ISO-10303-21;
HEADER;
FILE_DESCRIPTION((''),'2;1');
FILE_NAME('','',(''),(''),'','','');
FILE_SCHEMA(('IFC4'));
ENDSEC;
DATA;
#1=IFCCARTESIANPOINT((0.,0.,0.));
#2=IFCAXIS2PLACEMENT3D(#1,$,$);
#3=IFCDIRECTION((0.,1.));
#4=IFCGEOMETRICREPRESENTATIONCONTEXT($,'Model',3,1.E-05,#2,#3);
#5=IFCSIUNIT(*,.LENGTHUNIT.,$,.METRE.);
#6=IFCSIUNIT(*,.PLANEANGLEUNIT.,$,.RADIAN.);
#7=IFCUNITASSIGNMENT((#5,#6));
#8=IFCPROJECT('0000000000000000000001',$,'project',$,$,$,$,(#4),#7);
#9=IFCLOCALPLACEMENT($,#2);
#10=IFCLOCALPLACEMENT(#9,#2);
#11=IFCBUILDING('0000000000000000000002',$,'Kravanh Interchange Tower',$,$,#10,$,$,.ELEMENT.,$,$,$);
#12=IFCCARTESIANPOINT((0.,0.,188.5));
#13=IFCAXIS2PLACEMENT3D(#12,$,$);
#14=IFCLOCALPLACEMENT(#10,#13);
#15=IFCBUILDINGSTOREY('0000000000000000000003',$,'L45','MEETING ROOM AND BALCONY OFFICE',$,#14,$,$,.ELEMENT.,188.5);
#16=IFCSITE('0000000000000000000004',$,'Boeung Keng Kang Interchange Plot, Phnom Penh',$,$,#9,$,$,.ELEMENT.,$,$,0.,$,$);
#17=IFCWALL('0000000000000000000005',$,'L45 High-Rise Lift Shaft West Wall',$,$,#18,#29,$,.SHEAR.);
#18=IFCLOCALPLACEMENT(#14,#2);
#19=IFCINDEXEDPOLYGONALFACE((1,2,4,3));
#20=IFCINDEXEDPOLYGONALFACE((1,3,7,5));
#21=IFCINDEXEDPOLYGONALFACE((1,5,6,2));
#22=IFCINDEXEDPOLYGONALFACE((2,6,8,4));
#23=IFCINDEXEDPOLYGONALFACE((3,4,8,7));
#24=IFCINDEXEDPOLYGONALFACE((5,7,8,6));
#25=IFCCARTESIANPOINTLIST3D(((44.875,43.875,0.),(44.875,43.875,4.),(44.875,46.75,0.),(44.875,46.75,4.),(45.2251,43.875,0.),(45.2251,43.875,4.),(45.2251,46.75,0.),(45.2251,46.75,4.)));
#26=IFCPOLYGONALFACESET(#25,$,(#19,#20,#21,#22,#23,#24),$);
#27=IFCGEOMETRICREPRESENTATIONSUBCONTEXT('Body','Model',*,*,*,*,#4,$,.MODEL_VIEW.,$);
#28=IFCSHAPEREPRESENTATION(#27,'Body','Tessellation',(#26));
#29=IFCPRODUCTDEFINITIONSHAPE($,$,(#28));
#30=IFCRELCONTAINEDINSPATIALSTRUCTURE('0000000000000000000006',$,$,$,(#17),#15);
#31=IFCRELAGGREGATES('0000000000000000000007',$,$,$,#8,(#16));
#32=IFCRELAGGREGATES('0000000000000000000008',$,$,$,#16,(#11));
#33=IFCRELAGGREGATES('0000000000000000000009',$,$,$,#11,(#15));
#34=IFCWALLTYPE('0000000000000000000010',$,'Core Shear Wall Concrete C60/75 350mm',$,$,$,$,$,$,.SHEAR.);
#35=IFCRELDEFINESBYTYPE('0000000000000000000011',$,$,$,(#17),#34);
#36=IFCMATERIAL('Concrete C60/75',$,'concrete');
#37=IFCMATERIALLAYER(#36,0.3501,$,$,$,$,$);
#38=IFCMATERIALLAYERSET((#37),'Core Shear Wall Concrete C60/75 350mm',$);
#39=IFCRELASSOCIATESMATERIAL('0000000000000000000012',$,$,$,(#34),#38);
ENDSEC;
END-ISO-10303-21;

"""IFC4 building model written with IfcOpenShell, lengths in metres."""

from ifc_helpers import new_model, si_unit, direction, frame, frame_2d, origin, place, context, subcontext, project, spatial, rectangle, extrude, material, layer, layer_set, type_object, element, save


model = new_model("IFC4")

# Units and contexts
model_context = context("Model", 3, precision=1e-05, world=origin(), true_north=direction((0.0, 1.0)))
body_context = subcontext(model_context, "Body", "Model", "MODEL_VIEW")
ifc_project = project(units=[si_unit("LENGTHUNIT", "METRE"), si_unit("PLANEANGLEUNIT", "RADIAN")], contexts=[model_context])

# Site, building, storey
site_placement = place(None, origin())
site = spatial("IfcSite", under=ifc_project, at=site_placement, Name="Boeung Keng Kang Interchange Plot, Phnom Penh", CompositionType="ELEMENT", RefElevation=0.0)
building_placement = place(site_placement, origin())
building = spatial("IfcBuilding", under=site, at=building_placement, Name="Kravanh Interchange Tower", CompositionType="ELEMENT")
storey_placement = place(building_placement, frame((0.0, 0.0, 188.5)))
storey = spatial("IfcBuildingStorey", under=building, at=storey_placement, Name="L45", Description="MEETING ROOM AND BALCONY OFFICE", CompositionType="ELEMENT", Elevation=188.5)

# Wall
ifc_material_1 = material(Name="Concrete C60/75", Category="concrete")
ifc_layer_1 = layer(ifc_material_1, 0.3501)
ifc_layer_set_1 = layer_set([ifc_layer_1], Name="Core Shear Wall Concrete C60/75 350mm")
wall_type_1 = type_object("IfcWallType", Name="Core Shear Wall Concrete C60/75 350mm", PredefinedType="SHEAR", material=ifc_layer_set_1)
wall_1_placement = place(storey_placement, frame((45.05, 43.875, 0.0), z_axis=(0.0, 0.0, 1.0), x_axis=(0.0, 1.0, 0.0)))
element("IfcWall", 1, at=wall_1_placement, inside=storey, type_object=wall_type_1, Name="L45 High-Rise Lift Shaft West Wall", PredefinedType="SHEAR", context=body_context, shape_type="SweptSolid", body=[
    extrude(rectangle(XDim=2.875, YDim=0.3501, at=frame_2d((1.4375, 0.0))), origin(), (0.0, 0.0, 1.0), 4.0),
])

save(model, "model.ifc")
